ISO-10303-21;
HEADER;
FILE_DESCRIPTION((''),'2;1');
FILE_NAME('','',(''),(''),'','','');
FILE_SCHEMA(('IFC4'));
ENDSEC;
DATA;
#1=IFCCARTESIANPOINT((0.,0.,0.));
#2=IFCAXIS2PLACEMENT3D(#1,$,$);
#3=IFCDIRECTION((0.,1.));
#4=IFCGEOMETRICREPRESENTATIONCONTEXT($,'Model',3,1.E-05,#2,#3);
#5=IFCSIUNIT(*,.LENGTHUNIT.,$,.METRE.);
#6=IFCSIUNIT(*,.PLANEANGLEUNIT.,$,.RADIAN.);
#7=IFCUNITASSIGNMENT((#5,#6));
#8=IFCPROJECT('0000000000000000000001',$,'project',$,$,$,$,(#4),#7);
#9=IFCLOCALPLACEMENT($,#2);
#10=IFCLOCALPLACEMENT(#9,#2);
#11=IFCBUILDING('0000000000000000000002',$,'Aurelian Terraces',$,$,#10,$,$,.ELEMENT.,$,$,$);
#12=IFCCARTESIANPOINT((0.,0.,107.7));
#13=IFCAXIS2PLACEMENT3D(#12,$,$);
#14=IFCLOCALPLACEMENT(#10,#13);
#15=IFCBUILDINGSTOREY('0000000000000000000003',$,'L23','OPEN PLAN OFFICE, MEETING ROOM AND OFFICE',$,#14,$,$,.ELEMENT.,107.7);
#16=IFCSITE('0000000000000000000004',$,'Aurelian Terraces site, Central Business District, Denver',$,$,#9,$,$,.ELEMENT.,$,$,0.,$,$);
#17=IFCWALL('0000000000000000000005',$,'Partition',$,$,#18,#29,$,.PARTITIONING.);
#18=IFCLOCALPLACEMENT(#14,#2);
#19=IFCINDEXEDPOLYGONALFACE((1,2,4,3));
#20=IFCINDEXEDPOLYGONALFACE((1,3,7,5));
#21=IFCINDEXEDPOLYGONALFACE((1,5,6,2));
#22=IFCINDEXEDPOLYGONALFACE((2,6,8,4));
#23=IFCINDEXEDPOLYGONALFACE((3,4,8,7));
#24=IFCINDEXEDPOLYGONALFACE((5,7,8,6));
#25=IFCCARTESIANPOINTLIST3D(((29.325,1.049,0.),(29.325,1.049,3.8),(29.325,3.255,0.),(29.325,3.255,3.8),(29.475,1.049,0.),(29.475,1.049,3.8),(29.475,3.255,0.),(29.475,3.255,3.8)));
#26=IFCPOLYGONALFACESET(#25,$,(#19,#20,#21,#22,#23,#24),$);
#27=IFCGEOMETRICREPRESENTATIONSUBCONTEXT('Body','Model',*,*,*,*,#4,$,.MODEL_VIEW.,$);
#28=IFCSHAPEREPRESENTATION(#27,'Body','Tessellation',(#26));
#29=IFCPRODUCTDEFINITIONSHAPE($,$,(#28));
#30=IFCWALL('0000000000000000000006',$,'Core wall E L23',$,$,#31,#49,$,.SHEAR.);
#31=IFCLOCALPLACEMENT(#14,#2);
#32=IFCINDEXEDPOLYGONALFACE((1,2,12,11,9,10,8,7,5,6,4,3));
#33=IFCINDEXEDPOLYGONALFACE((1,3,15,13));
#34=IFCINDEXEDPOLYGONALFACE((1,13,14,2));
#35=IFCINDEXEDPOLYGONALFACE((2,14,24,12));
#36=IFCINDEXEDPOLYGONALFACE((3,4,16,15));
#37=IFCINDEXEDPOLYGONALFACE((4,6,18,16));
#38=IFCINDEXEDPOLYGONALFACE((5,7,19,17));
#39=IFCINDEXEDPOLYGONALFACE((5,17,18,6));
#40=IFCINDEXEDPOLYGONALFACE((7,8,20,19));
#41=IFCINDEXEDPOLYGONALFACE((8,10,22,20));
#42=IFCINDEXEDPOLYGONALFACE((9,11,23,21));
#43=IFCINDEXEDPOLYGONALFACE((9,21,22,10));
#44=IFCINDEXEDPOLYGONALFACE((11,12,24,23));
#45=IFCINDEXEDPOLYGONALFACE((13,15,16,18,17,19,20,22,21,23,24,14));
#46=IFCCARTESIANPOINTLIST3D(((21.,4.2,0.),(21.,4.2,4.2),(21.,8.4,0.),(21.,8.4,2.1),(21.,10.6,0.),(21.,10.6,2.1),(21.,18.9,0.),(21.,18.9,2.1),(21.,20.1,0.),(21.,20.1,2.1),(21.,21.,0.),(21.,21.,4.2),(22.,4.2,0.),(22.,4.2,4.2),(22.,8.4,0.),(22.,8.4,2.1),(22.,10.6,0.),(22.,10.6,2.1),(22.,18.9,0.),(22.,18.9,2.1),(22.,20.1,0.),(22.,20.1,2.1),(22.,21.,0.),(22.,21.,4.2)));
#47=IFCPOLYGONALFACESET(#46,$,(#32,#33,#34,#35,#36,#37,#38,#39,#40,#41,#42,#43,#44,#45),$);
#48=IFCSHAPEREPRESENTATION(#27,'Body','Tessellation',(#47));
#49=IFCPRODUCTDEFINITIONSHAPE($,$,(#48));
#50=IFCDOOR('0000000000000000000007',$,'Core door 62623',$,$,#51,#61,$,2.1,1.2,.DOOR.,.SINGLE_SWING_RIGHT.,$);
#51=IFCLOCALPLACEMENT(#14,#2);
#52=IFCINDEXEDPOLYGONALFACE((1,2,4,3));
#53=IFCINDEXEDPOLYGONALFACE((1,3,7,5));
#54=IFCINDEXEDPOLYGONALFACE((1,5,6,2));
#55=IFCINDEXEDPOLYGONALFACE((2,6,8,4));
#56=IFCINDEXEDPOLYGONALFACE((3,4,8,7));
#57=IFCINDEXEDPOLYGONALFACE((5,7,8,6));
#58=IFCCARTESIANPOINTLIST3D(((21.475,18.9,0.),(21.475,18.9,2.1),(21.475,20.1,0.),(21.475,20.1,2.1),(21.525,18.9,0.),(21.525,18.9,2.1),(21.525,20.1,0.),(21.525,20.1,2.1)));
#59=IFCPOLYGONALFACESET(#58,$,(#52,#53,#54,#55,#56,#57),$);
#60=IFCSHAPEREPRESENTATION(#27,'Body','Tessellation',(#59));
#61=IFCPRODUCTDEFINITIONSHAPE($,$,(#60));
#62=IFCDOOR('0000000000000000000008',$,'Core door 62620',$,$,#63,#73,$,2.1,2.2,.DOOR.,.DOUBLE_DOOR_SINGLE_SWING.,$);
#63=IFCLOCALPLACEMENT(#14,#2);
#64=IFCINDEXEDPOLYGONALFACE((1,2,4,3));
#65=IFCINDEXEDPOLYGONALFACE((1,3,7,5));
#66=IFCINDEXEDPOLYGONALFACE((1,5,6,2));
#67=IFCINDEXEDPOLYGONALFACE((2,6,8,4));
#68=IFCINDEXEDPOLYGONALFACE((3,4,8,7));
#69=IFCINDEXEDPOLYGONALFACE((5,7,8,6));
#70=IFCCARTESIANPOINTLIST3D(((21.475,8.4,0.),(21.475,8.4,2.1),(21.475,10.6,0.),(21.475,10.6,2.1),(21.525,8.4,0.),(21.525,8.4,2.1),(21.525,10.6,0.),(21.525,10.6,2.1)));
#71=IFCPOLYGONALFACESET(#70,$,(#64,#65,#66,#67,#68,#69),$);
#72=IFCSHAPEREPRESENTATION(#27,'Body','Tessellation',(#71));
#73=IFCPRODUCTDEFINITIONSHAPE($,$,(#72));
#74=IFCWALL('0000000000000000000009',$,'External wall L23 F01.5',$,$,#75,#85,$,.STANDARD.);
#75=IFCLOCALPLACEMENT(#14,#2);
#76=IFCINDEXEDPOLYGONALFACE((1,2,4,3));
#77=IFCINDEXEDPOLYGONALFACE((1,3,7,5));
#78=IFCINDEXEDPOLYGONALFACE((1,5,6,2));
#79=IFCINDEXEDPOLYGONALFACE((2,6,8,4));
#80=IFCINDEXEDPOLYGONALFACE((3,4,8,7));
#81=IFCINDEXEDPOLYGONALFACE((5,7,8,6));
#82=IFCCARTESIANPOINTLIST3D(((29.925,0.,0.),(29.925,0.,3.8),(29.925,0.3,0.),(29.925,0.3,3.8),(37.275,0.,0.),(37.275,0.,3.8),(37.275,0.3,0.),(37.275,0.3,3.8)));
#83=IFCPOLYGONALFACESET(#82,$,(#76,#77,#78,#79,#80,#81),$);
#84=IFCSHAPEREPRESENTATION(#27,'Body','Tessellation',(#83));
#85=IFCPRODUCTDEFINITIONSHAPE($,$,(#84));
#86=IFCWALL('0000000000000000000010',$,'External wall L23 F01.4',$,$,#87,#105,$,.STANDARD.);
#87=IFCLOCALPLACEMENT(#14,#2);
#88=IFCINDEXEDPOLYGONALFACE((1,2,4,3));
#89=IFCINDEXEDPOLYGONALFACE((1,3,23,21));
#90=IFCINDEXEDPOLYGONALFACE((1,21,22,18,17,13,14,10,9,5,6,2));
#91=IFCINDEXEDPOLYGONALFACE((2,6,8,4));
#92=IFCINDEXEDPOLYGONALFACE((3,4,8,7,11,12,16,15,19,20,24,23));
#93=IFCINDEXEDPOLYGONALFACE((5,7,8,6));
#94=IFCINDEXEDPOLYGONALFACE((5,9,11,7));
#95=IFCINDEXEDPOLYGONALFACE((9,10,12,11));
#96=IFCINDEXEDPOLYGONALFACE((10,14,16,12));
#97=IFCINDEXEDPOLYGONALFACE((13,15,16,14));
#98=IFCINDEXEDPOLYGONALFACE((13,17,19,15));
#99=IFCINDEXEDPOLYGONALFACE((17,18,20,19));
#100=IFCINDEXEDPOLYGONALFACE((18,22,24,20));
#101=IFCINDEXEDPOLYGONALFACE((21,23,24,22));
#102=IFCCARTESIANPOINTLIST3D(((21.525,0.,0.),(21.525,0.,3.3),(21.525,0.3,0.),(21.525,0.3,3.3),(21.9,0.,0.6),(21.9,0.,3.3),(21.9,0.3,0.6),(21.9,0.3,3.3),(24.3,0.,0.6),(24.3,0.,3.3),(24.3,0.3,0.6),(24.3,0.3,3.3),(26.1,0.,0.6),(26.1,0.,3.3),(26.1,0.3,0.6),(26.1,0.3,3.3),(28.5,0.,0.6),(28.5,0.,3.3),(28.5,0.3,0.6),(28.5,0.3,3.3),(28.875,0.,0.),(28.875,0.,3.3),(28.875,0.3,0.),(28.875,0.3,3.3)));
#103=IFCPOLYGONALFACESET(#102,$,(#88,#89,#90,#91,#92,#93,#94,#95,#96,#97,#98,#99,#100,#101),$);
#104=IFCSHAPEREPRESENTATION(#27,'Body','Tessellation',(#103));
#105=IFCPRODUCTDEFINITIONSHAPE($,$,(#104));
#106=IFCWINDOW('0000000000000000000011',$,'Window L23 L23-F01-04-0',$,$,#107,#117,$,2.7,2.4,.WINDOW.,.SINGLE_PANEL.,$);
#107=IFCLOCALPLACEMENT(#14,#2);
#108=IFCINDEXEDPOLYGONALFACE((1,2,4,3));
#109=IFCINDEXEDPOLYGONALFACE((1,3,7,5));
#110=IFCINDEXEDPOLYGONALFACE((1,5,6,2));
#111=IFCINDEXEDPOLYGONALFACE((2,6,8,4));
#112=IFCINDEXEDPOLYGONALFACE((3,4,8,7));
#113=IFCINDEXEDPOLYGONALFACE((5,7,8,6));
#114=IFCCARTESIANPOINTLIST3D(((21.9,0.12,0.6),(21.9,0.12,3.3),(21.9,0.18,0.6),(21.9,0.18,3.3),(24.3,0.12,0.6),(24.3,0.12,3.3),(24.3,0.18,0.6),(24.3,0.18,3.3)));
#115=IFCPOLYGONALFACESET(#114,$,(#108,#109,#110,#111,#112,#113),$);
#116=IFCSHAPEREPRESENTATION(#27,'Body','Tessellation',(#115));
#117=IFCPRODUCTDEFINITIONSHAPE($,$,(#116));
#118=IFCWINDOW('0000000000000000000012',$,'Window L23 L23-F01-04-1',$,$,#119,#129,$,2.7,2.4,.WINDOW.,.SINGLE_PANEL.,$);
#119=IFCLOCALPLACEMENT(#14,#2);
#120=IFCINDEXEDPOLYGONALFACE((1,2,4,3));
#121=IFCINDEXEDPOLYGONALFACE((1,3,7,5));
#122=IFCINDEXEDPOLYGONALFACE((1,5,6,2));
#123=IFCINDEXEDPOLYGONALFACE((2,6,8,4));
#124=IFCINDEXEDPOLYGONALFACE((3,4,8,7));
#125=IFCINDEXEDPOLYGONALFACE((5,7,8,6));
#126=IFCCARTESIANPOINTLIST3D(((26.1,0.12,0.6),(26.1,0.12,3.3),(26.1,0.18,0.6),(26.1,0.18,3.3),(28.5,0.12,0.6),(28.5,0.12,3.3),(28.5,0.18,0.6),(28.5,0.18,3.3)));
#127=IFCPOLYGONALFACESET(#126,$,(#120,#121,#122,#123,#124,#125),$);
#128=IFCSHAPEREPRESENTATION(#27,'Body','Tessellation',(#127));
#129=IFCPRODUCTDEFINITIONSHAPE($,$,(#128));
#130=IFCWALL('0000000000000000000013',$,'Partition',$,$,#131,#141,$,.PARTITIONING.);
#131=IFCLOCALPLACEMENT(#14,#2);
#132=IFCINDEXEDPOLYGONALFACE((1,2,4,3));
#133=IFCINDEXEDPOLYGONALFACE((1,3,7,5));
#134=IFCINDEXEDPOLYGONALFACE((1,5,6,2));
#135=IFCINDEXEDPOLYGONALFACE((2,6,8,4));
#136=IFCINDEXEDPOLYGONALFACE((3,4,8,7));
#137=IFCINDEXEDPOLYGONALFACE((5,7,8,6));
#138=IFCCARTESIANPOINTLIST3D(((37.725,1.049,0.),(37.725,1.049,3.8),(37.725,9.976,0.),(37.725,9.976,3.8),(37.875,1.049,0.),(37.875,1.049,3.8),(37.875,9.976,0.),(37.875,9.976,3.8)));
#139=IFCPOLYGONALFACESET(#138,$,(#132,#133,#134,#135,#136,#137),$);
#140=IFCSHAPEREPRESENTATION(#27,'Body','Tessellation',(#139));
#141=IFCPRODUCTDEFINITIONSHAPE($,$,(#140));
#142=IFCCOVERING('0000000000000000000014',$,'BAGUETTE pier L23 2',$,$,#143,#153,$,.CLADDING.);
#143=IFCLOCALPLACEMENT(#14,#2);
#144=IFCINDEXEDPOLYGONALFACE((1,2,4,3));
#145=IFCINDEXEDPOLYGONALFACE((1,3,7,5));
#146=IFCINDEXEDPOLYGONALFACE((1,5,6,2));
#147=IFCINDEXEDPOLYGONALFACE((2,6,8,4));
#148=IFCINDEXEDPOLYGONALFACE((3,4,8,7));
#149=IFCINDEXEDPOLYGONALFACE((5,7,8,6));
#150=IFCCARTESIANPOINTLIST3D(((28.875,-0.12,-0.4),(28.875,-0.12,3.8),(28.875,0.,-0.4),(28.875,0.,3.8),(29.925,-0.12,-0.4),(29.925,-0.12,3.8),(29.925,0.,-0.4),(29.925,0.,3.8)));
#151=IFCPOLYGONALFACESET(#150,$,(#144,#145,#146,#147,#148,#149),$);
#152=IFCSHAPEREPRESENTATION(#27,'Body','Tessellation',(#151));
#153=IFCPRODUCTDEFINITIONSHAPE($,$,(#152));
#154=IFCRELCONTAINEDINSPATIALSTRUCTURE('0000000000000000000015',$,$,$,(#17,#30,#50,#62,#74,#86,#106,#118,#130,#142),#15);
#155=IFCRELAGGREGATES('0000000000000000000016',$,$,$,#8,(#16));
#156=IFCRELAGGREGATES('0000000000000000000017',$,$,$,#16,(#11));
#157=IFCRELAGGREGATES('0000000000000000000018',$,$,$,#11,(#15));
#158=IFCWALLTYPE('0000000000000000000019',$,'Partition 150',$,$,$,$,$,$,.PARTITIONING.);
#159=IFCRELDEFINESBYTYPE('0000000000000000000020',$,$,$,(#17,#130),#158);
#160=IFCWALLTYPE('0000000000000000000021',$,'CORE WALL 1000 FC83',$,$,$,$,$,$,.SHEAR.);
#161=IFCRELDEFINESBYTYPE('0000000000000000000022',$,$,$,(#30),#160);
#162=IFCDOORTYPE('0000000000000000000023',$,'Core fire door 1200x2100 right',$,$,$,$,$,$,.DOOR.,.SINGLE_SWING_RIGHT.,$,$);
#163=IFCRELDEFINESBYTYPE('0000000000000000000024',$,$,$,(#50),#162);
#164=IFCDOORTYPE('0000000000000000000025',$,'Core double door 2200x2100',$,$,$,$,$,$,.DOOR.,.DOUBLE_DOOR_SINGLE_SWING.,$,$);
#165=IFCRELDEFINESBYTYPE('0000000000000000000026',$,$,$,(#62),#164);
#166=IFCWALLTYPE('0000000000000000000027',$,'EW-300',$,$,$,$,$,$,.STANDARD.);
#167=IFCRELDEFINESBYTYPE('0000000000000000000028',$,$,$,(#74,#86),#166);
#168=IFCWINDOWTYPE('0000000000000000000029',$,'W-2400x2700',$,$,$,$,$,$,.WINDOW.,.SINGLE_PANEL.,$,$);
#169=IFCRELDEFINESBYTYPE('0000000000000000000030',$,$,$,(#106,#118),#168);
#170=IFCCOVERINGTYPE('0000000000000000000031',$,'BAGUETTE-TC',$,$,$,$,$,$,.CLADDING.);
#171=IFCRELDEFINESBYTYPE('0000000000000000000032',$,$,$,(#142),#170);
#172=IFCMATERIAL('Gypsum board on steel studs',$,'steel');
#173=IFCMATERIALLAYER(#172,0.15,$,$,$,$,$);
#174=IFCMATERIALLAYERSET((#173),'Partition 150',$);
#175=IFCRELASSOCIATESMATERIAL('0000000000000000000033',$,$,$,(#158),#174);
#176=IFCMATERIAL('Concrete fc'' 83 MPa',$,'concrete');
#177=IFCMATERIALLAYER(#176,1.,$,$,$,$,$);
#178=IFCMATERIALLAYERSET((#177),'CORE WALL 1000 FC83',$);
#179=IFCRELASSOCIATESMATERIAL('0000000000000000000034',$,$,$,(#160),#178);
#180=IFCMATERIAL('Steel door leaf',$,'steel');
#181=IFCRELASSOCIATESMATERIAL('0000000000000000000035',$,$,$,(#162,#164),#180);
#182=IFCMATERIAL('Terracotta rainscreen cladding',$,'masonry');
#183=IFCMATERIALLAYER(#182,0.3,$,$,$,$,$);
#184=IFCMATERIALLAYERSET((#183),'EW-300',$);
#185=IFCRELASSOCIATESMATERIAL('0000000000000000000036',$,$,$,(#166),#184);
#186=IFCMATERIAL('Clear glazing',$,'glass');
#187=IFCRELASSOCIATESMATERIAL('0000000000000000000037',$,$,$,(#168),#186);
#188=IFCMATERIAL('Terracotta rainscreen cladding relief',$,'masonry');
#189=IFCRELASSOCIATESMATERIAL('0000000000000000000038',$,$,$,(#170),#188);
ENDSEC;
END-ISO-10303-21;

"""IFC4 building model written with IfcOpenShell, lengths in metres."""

from ifc_helpers import new_model, si_unit, direction, frame, frame_2d, origin, origin_2d, place, context, subcontext, project, spatial, rectangle, extrude, source, transform, mapped, material, layer, layer_set, type_object, element, fill, save


model = new_model("IFC4")

# Units and contexts
model_context = context("Model", 3, precision=1e-05, world=origin(), true_north=direction((0.0, 1.0)))
body_context = subcontext(model_context, "Body", "Model", "MODEL_VIEW")
ifc_project = project(units=[si_unit("LENGTHUNIT", "METRE"), si_unit("PLANEANGLEUNIT", "RADIAN")], contexts=[model_context])

# Site, building, storey
site_placement = place(None, origin())
site = spatial("IfcSite", under=ifc_project, at=site_placement, Name="Aurelian Terraces site, Central Business District, Denver", CompositionType="ELEMENT", RefElevation=0.0)
building_placement = place(site_placement, origin())
building = spatial("IfcBuilding", under=site, at=building_placement, Name="Aurelian Terraces", CompositionType="ELEMENT")
storey_placement = place(building_placement, frame((0.0, 0.0, 107.7)))
storey = spatial("IfcBuildingStorey", under=building, at=storey_placement, Name="L23", Description="OPEN PLAN OFFICE, MEETING ROOM AND OFFICE", CompositionType="ELEMENT", Elevation=107.7)

# Shared definitions
ifc_material_1 = material(Name="Concrete fc' 83 MPa", Category="concrete")

# Shared definitions
ifc_material_2 = material(Name="Gypsum board on steel studs", Category="steel")
ifc_layer_1 = layer(ifc_material_2, 0.15)
ifc_layer_set_1 = layer_set([ifc_layer_1], Name="Partition 150")
wall_type_1 = type_object("IfcWallType", Name="Partition 150", PredefinedType="PARTITIONING", material=ifc_layer_set_1)

# Wall
wall_1_placement = place(storey_placement, frame((29.4, 1.049, 0.0), z_axis=(0.0, 0.0, 1.0), x_axis=(0.0, 1.0, 0.0)))
element("IfcWall", 1, at=wall_1_placement, inside=storey, type_object=wall_type_1, Name="Partition", PredefinedType="PARTITIONING", context=body_context, shape_type="SweptSolid", body=[
    extrude(rectangle(XDim=2.206, YDim=0.15, at=frame_2d((1.103, 0.0))), origin(), (0.0, 0.0, 1.0), 3.8),
])

# Wall, openings, doors
ifc_layer_2 = layer(ifc_material_1, 1.0)
ifc_layer_set_2 = layer_set([ifc_layer_2], Name="CORE WALL 1000 FC83")
wall_type_2 = type_object("IfcWallType", Name="CORE WALL 1000 FC83", PredefinedType="SHEAR", material=ifc_layer_set_2)
shared_shape_1 = source(origin(), body_context, "Body", "SweptSolid", [
    extrude(rectangle(XDim=16.8, YDim=1.0, at=frame_2d((8.4, 0.0))), origin(), (0.0, 0.0, 1.0), 4.2),
])
wall_2_placement = place(storey_placement, frame((21.5, 4.2, 0.0), z_axis=(0.0, 0.0, 1.0), x_axis=(0.0, 1.0, 0.0)))
wall_2 = element("IfcWall", 2, at=wall_2_placement, inside=storey, type_object=wall_type_2, Name="Core wall E L23", PredefinedType="SHEAR", context=body_context, shape_type="MappedRepresentation", body=[
    mapped(shared_shape_1, transform((0.0, 0.0, 0.0), scale=1.0)),
])
shared_shape_2 = source(origin(), body_context, "Body", "SweptSolid", [
    extrude(rectangle(XDim=2.2, YDim=2.1, at=frame_2d((1.1, 1.05))), frame((0.0, 0.51, 0.0), z_axis=(0.0, -1.0, 0.0), x_axis=(1.0, 0.0, 0.0)), (0.0, 0.0, 1.0), 1.02),
])
opening_1_placement = place(wall_2_placement, frame((4.2, 0.0, 0.0)))
opening_1 = element("IfcOpeningElement", 3, at=opening_1_placement, cuts=wall_2, PredefinedType="OPENING", context=body_context, shape_type="MappedRepresentation", body=[
    mapped(shared_shape_2, transform((0.0, 0.0, 0.0), scale=1.0)),
])
shared_shape_3 = source(origin(), body_context, "Body", "SweptSolid", [
    extrude(rectangle(XDim=1.2, YDim=2.1, at=frame_2d((0.6, 1.05))), frame((0.0, 0.51, 0.0), z_axis=(0.0, -1.0, 0.0), x_axis=(1.0, 0.0, 0.0)), (0.0, 0.0, 1.0), 1.02),
])
opening_2_placement = place(wall_2_placement, frame((14.7, 0.0, 0.0)))
opening_2 = element("IfcOpeningElement", 4, at=opening_2_placement, cuts=wall_2, PredefinedType="OPENING", context=body_context, shape_type="MappedRepresentation", body=[
    mapped(shared_shape_3, transform((0.0, 0.0, 0.0), scale=1.0)),
])
ifc_material_3 = material(Name="Steel door leaf", Category="steel")
door_type_1 = type_object("IfcDoorType", Name="Core fire door 1200x2100 right", OperationType="SINGLE_SWING_RIGHT", PredefinedType="DOOR", material=ifc_material_3)
shared_shape_4 = source(origin(), body_context, "Body", "SweptSolid", [
    extrude(rectangle(XDim=1.2, YDim=2.1, at=frame_2d((0.6, 1.05))), frame((0.0, 0.025, 0.0), z_axis=(0.0, -1.0, 0.0), x_axis=(1.0, 0.0, 0.0)), (0.0, 0.0, 1.0), 0.05),
])
door_1_placement = place(opening_2_placement, origin())
door_1 = element("IfcDoor", 5, at=door_1_placement, inside=storey, type_object=door_type_1, Name="Core door 62623", OperationType="SINGLE_SWING_RIGHT", OverallHeight=2.1, OverallWidth=1.2, PredefinedType="DOOR", context=body_context, shape_type="MappedRepresentation", body=[
    mapped(shared_shape_4, transform((0.0, 0.0, 0.0), scale=1.0)),
])
fill(opening_2, door_1)
door_type_2 = type_object("IfcDoorType", Name="Core double door 2200x2100", OperationType="DOUBLE_DOOR_SINGLE_SWING", PredefinedType="DOOR", material=ifc_material_3)
shared_shape_5 = source(origin(), body_context, "Body", "SweptSolid", [
    extrude(rectangle(XDim=2.2, YDim=2.1, at=frame_2d((1.1, 1.05))), frame((0.0, 0.025, 0.0), z_axis=(0.0, -1.0, 0.0), x_axis=(1.0, 0.0, 0.0)), (0.0, 0.0, 1.0), 0.05),
])
door_2_placement = place(opening_1_placement, origin())
door_2 = element("IfcDoor", 6, at=door_2_placement, inside=storey, type_object=door_type_2, Name="Core door 62620", OperationType="DOUBLE_DOOR_SINGLE_SWING", OverallHeight=2.1, OverallWidth=2.2, PredefinedType="DOOR", context=body_context, shape_type="MappedRepresentation", body=[
    mapped(shared_shape_5, transform((0.0, 0.0, 0.0), scale=1.0)),
])
fill(opening_1, door_2)

# Wall
ifc_material_4 = material(Name="Terracotta rainscreen cladding", Category="masonry")
ifc_layer_3 = layer(ifc_material_4, 0.3)
ifc_layer_set_3 = layer_set([ifc_layer_3], Name="EW-300")
wall_type_3 = type_object("IfcWallType", Name="EW-300", PredefinedType="STANDARD", material=ifc_layer_set_3)
shared_shape_6 = source(origin(), body_context, "Body", "SweptSolid", [
    extrude(rectangle(XDim=7.35, YDim=0.3, at=frame_2d((3.675, 0.0))), origin(), (0.0, 0.0, 1.0), 3.8),
])
wall_3_placement = place(storey_placement, frame((29.925, 0.15, 0.0), z_axis=(0.0, 0.0, 1.0), x_axis=(1.0, 0.0, 0.0)))
element("IfcWall", 7, at=wall_3_placement, inside=storey, type_object=wall_type_3, Name="External wall L23 F01.5", PredefinedType="STANDARD", context=body_context, shape_type="MappedRepresentation", body=[
    mapped(shared_shape_6, transform((0.0, 0.0, 0.0), scale=1.0)),
])

# Wall, openings, windows
shared_shape_7 = source(origin(), body_context, "Body", "SweptSolid", [
    extrude(rectangle(XDim=7.35, YDim=0.3, at=frame_2d((3.675, 0.0))), origin(), (0.0, 0.0, 1.0), 3.3),
])
wall_4_placement = place(storey_placement, frame((21.525, 0.15, 0.0), z_axis=(0.0, 0.0, 1.0), x_axis=(1.0, 0.0, 0.0)))
wall_4 = element("IfcWall", 8, at=wall_4_placement, inside=storey, type_object=wall_type_3, Name="External wall L23 F01.4", PredefinedType="STANDARD", context=body_context, shape_type="MappedRepresentation", body=[
    mapped(shared_shape_7, transform((0.0, 0.0, 0.0), scale=1.0)),
])
shared_shape_8 = source(origin(), body_context, "Body", "SweptSolid", [
    extrude(rectangle(XDim=2.4, YDim=2.7, at=frame_2d((1.2, 1.35))), frame((0.0, 0.16, 0.0), z_axis=(0.0, -1.0, 0.0), x_axis=(1.0, 0.0, 0.0)), (0.0, 0.0, 1.0), 0.32),
])
opening_3_placement = place(wall_4_placement, frame((0.375, 0.0, 0.6)))
opening_3 = element("IfcOpeningElement", 9, at=opening_3_placement, cuts=wall_4, PredefinedType="OPENING", context=body_context, shape_type="MappedRepresentation", body=[
    mapped(shared_shape_8, transform((0.0, 0.0, 0.0), scale=1.0)),
])
opening_4_placement = place(wall_4_placement, frame((4.575, 0.0, 0.6)))
opening_4 = element("IfcOpeningElement", 10, at=opening_4_placement, cuts=wall_4, PredefinedType="OPENING", context=body_context, shape_type="MappedRepresentation", body=[
    mapped(shared_shape_8, transform((0.0, 0.0, 0.0), scale=1.0)),
])
ifc_material_5 = material(Name="Clear glazing", Category="glass")
window_type = type_object("IfcWindowType", Name="W-2400x2700", PartitioningType="SINGLE_PANEL", PredefinedType="WINDOW", material=ifc_material_5)
shared_shape_9 = source(origin(), body_context, "Body", "SweptSolid", [
    extrude(rectangle(XDim=2.4, YDim=2.7, at=frame_2d((1.2, 1.35))), frame((0.0, 0.03, 0.0), z_axis=(0.0, -1.0, 0.0), x_axis=(1.0, 0.0, 0.0)), (0.0, 0.0, 1.0), 0.06),
])
window_1_placement = place(opening_3_placement, origin())
window_1 = element("IfcWindow", 11, at=window_1_placement, inside=storey, type_object=window_type, Name="Window L23 L23-F01-04-0", OverallHeight=2.7, OverallWidth=2.4, PartitioningType="SINGLE_PANEL", PredefinedType="WINDOW", context=body_context, shape_type="MappedRepresentation", body=[
    mapped(shared_shape_9, transform((0.0, 0.0, 0.0), scale=1.0)),
])
fill(opening_3, window_1)
window_2_placement = place(opening_4_placement, origin())
window_2 = element("IfcWindow", 12, at=window_2_placement, inside=storey, type_object=window_type, Name="Window L23 L23-F01-04-1", OverallHeight=2.7, OverallWidth=2.4, PartitioningType="SINGLE_PANEL", PredefinedType="WINDOW", context=body_context, shape_type="MappedRepresentation", body=[
    mapped(shared_shape_9, transform((0.0, 0.0, 0.0), scale=1.0)),
])
fill(opening_4, window_2)

# Wall
shared_shape_10 = source(origin(), body_context, "Body", "SweptSolid", [
    extrude(rectangle(XDim=8.927, YDim=0.15, at=frame_2d((4.4635, 0.0))), origin(), (0.0, 0.0, 1.0), 3.8),
])
wall_5_placement = place(storey_placement, frame((37.8, 1.049, 0.0), z_axis=(0.0, 0.0, 1.0), x_axis=(0.0, 1.0, 0.0)))
element("IfcWall", 13, at=wall_5_placement, inside=storey, type_object=wall_type_1, Name="Partition", PredefinedType="PARTITIONING", context=body_context, shape_type="MappedRepresentation", body=[
    mapped(shared_shape_10, transform((0.0, 0.0, 0.0), scale=1.0)),
])

# Covering
ifc_material_6 = material(Name="Terracotta rainscreen cladding relief", Category="masonry")
covering_type = type_object("IfcCoveringType", Name="BAGUETTE-TC", PredefinedType="CLADDING", material=ifc_material_6)
shared_shape_11 = source(origin(), body_context, "Body", "SweptSolid", [
    extrude(rectangle(XDim=1.05, YDim=0.12, at=origin_2d()), origin(), (0.0, 0.0, 1.0), 4.2),
])
covering_placement = place(storey_placement, frame((29.4, -0.06, -0.4), z_axis=(0.0, 0.0, 1.0), x_axis=(1.0, 0.0, 0.0)))
element("IfcCovering", 14, at=covering_placement, inside=storey, type_object=covering_type, Name="BAGUETTE pier L23 2", PredefinedType="CLADDING", context=body_context, shape_type="MappedRepresentation", body=[
    mapped(shared_shape_11, transform((0.0, 0.0, 0.0), scale=1.0)),
])

save(model, "model.ifc")
